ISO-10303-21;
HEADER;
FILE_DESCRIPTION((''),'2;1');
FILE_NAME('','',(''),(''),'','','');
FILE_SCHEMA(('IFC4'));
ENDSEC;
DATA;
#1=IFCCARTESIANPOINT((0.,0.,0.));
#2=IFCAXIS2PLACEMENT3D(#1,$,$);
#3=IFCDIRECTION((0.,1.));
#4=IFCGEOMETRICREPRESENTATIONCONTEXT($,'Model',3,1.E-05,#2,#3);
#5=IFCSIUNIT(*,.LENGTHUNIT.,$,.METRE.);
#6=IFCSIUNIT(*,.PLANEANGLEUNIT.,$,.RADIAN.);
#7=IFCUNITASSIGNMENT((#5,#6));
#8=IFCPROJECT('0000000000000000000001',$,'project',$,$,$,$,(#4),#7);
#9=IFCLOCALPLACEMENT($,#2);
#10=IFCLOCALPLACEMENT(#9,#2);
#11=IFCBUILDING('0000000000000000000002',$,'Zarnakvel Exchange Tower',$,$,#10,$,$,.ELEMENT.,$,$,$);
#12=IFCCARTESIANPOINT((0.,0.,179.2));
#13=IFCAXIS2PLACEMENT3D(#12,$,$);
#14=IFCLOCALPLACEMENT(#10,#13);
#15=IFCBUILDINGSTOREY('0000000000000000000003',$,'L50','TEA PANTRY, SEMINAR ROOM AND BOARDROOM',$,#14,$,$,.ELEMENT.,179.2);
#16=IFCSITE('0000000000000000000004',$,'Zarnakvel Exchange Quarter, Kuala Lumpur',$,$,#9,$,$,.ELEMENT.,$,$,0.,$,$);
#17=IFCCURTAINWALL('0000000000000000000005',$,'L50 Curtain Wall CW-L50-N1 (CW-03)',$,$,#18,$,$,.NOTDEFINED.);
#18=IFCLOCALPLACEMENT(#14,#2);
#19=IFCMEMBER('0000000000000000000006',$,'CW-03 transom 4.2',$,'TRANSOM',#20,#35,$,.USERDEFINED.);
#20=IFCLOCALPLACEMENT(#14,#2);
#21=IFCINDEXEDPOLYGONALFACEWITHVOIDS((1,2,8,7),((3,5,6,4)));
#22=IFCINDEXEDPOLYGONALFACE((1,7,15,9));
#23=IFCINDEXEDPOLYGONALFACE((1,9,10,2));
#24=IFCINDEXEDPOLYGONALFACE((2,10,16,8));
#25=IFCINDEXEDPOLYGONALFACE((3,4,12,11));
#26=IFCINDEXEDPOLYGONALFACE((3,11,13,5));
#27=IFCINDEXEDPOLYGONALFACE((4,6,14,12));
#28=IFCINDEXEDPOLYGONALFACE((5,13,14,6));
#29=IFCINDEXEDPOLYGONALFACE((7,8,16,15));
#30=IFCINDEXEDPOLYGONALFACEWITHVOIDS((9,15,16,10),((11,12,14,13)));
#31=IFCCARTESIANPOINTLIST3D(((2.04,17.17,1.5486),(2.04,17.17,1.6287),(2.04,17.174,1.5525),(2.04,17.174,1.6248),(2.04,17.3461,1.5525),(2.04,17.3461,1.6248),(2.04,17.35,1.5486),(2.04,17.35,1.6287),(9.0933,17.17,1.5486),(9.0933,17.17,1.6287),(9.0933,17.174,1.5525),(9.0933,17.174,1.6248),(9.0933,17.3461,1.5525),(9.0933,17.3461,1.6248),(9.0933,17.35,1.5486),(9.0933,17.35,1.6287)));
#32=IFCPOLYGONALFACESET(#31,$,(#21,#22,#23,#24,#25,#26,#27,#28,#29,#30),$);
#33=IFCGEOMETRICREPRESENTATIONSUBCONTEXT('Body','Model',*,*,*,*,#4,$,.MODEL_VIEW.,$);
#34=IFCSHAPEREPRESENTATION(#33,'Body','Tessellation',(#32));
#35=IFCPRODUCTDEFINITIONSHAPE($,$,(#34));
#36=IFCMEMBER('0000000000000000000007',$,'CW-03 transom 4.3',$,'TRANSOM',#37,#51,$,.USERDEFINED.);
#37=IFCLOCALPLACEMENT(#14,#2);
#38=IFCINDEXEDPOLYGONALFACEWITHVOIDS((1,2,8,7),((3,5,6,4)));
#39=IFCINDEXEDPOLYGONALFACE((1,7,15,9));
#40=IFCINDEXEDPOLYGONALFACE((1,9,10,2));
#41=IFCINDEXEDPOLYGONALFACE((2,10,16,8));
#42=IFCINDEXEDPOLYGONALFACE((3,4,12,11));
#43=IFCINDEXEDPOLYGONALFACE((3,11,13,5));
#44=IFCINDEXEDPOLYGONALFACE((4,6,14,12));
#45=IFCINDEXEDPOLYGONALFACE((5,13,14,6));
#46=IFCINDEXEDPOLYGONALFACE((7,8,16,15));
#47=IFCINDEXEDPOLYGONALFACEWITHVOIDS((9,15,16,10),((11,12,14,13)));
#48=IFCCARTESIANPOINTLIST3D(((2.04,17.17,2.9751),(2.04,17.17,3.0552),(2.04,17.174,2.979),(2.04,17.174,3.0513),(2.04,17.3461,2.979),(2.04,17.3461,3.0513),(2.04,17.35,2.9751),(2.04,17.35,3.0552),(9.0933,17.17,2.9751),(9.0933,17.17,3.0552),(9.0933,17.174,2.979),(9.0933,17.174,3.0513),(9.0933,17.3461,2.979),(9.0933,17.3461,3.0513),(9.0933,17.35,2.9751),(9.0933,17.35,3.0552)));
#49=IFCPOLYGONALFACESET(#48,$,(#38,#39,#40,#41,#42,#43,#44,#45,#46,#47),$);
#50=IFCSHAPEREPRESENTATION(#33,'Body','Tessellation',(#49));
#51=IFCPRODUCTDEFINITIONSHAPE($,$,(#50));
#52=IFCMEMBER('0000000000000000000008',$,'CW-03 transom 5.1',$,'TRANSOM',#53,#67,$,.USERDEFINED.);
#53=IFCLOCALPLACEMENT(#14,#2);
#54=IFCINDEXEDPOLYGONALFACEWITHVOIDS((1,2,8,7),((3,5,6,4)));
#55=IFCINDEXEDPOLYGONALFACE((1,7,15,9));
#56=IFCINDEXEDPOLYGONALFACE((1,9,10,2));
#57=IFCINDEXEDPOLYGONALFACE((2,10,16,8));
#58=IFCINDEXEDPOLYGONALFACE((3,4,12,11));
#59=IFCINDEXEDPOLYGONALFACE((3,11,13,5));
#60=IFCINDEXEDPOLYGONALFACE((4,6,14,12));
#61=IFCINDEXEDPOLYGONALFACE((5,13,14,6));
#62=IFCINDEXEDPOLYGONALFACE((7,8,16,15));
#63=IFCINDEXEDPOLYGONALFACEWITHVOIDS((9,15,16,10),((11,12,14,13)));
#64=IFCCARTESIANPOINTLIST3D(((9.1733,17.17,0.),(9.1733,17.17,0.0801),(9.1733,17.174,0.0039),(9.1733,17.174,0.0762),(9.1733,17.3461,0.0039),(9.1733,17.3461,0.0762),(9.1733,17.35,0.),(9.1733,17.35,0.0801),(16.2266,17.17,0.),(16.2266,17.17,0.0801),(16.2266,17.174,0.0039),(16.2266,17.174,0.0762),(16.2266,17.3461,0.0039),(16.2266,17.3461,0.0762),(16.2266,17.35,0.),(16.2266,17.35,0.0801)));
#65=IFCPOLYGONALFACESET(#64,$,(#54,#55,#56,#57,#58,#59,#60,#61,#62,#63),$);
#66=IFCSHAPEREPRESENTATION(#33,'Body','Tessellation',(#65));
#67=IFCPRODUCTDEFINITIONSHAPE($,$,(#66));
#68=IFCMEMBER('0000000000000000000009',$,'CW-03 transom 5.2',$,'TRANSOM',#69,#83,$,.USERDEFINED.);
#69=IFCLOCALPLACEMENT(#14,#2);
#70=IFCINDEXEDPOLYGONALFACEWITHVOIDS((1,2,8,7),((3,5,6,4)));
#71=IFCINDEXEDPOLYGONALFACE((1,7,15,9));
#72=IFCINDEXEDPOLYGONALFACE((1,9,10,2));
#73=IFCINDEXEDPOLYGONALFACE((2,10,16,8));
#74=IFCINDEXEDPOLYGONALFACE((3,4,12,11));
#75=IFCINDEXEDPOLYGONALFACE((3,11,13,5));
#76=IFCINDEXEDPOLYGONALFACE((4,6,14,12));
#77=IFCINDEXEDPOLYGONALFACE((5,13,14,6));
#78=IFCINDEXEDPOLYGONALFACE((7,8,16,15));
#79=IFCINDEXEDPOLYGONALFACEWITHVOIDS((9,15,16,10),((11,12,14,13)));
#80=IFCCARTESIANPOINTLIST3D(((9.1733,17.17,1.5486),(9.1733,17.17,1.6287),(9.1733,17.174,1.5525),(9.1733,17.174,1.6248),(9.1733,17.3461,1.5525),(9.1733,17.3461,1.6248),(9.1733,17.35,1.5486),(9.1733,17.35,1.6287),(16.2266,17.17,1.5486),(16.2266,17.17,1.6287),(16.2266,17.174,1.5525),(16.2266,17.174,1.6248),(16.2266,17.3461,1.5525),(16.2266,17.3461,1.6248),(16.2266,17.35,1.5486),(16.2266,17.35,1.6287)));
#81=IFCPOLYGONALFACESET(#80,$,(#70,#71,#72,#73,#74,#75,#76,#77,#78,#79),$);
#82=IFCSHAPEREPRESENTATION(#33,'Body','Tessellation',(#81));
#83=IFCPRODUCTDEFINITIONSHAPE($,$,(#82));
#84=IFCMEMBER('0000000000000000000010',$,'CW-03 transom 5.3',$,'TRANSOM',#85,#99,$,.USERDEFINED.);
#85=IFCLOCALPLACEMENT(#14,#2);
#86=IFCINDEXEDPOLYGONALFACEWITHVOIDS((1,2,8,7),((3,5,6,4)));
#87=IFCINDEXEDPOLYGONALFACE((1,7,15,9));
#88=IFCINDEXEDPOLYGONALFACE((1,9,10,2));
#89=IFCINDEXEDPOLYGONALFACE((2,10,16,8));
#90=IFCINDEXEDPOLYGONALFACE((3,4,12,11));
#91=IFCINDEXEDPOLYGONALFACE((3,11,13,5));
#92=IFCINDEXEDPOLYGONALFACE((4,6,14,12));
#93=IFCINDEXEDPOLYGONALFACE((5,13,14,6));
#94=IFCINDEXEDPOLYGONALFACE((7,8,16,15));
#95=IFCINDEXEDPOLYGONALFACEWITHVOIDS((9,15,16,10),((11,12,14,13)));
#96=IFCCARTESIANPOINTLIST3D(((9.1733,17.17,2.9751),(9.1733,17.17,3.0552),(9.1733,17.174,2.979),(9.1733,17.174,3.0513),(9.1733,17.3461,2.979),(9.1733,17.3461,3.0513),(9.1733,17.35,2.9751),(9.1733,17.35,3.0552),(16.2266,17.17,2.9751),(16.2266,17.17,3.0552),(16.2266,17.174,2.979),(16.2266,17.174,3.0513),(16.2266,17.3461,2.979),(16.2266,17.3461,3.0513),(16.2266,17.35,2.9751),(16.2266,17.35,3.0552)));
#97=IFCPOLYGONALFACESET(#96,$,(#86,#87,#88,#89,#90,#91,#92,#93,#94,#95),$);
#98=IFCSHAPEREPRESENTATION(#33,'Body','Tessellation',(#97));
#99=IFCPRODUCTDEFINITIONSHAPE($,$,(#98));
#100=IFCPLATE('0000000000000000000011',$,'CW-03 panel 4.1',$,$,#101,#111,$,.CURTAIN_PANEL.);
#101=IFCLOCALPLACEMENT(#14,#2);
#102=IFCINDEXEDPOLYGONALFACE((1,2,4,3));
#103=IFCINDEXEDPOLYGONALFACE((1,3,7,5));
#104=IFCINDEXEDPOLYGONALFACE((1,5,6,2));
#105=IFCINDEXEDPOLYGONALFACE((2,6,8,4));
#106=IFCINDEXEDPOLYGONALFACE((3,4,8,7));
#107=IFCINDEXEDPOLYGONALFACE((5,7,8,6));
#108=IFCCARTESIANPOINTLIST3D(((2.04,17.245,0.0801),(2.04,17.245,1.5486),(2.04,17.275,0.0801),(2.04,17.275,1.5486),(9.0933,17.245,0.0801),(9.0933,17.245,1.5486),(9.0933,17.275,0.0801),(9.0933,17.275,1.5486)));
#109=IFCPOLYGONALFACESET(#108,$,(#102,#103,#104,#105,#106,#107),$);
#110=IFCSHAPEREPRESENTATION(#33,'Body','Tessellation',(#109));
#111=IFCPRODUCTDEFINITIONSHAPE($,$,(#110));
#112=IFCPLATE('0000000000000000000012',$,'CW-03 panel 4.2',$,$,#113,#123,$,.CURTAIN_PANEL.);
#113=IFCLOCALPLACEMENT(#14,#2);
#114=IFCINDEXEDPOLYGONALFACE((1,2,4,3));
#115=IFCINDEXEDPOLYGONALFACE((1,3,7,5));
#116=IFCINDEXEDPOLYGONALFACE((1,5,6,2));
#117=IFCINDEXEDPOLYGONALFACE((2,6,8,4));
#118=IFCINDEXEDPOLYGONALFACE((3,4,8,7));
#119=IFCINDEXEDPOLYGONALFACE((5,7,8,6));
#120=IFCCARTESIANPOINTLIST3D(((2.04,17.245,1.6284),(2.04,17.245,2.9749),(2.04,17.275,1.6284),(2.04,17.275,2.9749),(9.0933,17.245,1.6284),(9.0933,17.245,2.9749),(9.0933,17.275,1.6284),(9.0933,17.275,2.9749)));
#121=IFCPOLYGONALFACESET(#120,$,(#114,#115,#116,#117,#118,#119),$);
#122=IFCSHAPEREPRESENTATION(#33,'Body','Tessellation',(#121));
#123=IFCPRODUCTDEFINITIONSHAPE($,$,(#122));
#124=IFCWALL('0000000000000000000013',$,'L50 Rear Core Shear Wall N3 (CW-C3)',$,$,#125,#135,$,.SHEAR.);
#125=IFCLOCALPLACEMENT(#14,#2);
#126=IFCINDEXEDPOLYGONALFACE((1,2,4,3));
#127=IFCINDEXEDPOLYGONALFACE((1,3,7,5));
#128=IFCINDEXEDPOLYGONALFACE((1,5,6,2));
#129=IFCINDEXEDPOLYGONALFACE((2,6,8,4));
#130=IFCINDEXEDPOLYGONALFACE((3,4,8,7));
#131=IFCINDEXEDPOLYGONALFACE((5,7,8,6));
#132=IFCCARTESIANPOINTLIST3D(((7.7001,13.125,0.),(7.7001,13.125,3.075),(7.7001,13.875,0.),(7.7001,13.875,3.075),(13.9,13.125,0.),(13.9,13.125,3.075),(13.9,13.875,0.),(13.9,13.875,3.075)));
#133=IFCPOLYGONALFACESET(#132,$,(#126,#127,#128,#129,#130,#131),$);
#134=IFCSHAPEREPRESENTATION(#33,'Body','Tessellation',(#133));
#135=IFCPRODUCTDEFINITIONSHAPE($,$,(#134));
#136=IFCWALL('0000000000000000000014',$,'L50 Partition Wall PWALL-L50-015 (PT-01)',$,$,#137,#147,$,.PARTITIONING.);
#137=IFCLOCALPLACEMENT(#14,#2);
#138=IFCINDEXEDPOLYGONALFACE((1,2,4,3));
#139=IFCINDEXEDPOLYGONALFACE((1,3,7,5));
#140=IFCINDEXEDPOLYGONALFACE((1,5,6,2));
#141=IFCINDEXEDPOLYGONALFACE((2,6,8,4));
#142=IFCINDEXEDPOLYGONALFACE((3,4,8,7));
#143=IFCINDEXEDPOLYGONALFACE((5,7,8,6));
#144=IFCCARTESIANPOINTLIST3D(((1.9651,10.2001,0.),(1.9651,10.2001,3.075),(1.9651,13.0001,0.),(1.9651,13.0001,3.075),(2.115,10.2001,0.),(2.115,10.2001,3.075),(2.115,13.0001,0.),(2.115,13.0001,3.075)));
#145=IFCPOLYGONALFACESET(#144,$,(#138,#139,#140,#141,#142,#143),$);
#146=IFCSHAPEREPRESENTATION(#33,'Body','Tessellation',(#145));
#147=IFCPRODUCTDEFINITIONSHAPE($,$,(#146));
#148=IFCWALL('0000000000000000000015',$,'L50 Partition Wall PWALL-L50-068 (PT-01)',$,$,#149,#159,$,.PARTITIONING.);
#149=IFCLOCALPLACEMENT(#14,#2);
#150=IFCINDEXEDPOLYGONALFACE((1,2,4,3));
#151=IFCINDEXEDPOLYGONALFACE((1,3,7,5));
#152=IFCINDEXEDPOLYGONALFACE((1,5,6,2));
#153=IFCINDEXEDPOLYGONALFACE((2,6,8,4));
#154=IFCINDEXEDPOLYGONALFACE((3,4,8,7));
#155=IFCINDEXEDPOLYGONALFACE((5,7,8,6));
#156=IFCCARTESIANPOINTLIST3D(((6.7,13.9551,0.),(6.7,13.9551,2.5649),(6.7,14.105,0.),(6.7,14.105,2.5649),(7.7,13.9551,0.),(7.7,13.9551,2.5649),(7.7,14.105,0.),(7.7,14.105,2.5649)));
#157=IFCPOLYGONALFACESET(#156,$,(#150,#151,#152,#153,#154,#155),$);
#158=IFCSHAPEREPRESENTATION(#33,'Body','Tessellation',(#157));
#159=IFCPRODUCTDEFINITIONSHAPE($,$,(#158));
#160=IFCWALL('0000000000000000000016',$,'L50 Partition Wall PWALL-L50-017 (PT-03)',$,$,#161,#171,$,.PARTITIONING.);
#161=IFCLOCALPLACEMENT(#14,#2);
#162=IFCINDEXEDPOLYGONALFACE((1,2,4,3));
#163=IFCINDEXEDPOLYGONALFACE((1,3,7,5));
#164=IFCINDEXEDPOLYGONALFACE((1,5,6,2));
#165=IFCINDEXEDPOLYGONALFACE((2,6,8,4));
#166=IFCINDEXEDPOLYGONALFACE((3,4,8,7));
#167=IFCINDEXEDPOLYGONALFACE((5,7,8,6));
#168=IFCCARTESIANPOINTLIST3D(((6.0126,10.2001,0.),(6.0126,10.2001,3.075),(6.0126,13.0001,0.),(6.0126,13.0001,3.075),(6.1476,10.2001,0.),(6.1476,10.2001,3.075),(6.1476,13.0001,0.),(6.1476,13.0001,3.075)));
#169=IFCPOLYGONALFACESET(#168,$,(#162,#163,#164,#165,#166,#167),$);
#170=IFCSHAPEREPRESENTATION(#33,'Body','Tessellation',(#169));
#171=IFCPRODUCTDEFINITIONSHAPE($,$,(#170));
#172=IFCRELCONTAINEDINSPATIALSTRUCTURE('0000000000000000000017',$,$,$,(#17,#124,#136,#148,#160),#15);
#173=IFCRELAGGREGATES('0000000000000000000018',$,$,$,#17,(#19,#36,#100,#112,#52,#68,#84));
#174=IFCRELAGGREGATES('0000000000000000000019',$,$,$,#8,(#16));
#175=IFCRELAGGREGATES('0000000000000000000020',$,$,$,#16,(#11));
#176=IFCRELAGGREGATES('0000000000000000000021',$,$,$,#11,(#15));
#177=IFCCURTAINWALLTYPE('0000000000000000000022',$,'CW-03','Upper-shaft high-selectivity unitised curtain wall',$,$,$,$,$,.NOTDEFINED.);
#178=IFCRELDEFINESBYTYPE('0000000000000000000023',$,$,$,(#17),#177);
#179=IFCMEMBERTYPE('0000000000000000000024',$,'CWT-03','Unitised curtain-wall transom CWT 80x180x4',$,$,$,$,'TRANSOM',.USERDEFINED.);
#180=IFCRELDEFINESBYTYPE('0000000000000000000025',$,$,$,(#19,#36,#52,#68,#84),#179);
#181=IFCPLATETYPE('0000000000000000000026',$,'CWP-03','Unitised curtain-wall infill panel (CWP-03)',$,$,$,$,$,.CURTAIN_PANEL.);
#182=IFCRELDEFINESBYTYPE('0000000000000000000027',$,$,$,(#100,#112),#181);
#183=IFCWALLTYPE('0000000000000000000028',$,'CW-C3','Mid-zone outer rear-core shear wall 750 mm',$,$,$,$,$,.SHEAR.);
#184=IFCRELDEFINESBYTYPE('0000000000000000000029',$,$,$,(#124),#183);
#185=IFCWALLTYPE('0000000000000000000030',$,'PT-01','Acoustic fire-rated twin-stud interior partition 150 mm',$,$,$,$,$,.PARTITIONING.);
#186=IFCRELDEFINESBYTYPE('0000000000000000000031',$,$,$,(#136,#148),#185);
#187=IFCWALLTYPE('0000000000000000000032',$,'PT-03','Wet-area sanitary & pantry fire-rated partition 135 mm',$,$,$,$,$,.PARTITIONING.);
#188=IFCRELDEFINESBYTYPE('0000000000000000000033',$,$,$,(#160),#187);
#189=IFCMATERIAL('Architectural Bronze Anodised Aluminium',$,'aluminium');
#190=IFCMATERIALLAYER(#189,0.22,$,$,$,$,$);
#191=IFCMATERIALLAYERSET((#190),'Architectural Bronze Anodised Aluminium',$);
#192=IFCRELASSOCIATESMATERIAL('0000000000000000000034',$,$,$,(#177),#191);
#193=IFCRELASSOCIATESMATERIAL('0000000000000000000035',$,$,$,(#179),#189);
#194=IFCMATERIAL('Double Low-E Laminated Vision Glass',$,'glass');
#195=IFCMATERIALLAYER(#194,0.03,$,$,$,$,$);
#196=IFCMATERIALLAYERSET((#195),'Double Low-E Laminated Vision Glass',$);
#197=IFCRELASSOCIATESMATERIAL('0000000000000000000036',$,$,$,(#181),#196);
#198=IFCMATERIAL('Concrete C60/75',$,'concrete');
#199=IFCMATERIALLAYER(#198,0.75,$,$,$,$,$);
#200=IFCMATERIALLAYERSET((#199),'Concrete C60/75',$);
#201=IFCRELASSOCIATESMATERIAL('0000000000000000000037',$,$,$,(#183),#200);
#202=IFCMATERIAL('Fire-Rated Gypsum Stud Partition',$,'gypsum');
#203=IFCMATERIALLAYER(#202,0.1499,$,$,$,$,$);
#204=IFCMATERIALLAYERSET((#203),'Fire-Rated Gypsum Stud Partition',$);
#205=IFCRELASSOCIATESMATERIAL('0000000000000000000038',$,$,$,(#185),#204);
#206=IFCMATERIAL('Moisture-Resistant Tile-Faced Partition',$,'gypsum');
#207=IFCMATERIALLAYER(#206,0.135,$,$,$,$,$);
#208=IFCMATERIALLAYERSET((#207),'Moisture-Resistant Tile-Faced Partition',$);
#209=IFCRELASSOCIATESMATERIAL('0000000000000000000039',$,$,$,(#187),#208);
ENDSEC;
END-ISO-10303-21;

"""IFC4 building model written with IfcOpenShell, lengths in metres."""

from ifc_helpers import new_model, si_unit, direction, frame, frame_2d, origin, origin_2d, place, context, subcontext, project, spatial, rectangle, hollow_rectangle, extrude, source, transform, mapped, material, layer, layer_set, material_profile, profile_set, type_object, element, aggregate, save


model = new_model("IFC4")

# Units and contexts
model_context = context("Model", 3, precision=1e-05, world=origin(), true_north=direction((0.0, 1.0)))
body_context = subcontext(model_context, "Body", "Model", "MODEL_VIEW")
ifc_project = project(units=[si_unit("LENGTHUNIT", "METRE"), si_unit("PLANEANGLEUNIT", "RADIAN")], contexts=[model_context])

# Site, building, storey
site_placement = place(None, origin())
site = spatial("IfcSite", under=ifc_project, at=site_placement, Name="Zarnakvel Exchange Quarter, Kuala Lumpur", CompositionType="ELEMENT", RefElevation=0.0)
building_placement = place(site_placement, origin())
building = spatial("IfcBuilding", under=site, at=building_placement, Name="Zarnakvel Exchange Tower", CompositionType="ELEMENT")
storey_placement = place(building_placement, frame((0.0, 0.0, 179.2)))
storey = spatial("IfcBuildingStorey", under=building, at=storey_placement, Name="L50", Description="TEA PANTRY, SEMINAR ROOM AND BOARDROOM", CompositionType="ELEMENT", Elevation=179.2)

# Shared definitions
ifc_material_1 = material(Name="Concrete C60/75", Category="concrete")

# Curtain wall, members, plates
ifc_material_2 = material(Name="Architectural Bronze Anodised Aluminium", Category="aluminium")
ifc_layer_1 = layer(ifc_material_2, 0.22)
ifc_layer_set_1 = layer_set([ifc_layer_1], Name="Architectural Bronze Anodised Aluminium")
curtain_wall_type = type_object("IfcCurtainWallType", Name="CW-03", Description="Upper-shaft high-selectivity unitised curtain wall", PredefinedType="NOTDEFINED", material=ifc_layer_set_1)
curtain_wall_placement = place(storey_placement, origin())
curtain_wall = element("IfcCurtainWall", 1, at=curtain_wall_placement, inside=storey, type_object=curtain_wall_type, Name="L50 Curtain Wall CW-L50-N1 (CW-03)", PredefinedType="NOTDEFINED")
ifc_material_profile_1 = material_profile(ifc_material_2, hollow_rectangle(XDim=0.1799, YDim=0.0801, WallThickness=0.0039, at=origin_2d()))
ifc_profile_set_1 = profile_set([ifc_material_profile_1], Name="Architectural Bronze Anodised Aluminium")
member_type_1 = type_object("IfcMemberType", Name="CWT-03", Description="Unitised curtain-wall transom CWT 80x180x4", ElementType="TRANSOM", PredefinedType="USERDEFINED", material=ifc_profile_set_1)
shared_shape_1 = source(origin(), body_context, "Body", "SweptSolid", [
    extrude(hollow_rectangle(XDim=0.1799, YDim=0.0801, WallThickness=0.0039, at=origin_2d()), origin(), (0.0, 0.0, 1.0), 7.0532),
])
member_1_placement = place(storey_placement, frame((2.04, 17.26, 1.5886), z_axis=(1.0, 0.0, 0.0), x_axis=(0.0, 1.0, 0.0)))
member_1 = element("IfcMember", 2, at=member_1_placement, type_object=member_type_1, Name="CW-03 transom 4.2", ObjectType="TRANSOM", PredefinedType="USERDEFINED", context=body_context, shape_type="MappedRepresentation", body=[
    mapped(shared_shape_1, transform((0.0, 0.0, 0.0), x_axis=(1.0, 0.0, 0.0), y_axis=(0.0, 1.0, 0.0), z_axis=(0.0, 0.0, 1.0), scale=1.0)),
])
member_2_placement = place(storey_placement, frame((2.04, 17.26, 3.0151), z_axis=(1.0, 0.0, 0.0), x_axis=(0.0, 1.0, 0.0)))
member_2 = element("IfcMember", 3, at=member_2_placement, type_object=member_type_1, Name="CW-03 transom 4.3", ObjectType="TRANSOM", PredefinedType="USERDEFINED", context=body_context, shape_type="MappedRepresentation", body=[
    mapped(shared_shape_1, transform((0.0, 0.0, 0.0), x_axis=(1.0, 0.0, 0.0), y_axis=(0.0, 1.0, 0.0), z_axis=(0.0, 0.0, 1.0), scale=1.0)),
])
member_3_placement = place(storey_placement, frame((9.1733, 17.26, 0.04), z_axis=(1.0, 0.0, 0.0), x_axis=(0.0, 1.0, 0.0)))
member_3 = element("IfcMember", 4, at=member_3_placement, type_object=member_type_1, Name="CW-03 transom 5.1", ObjectType="TRANSOM", PredefinedType="USERDEFINED", context=body_context, shape_type="MappedRepresentation", body=[
    mapped(shared_shape_1, transform((0.0, 0.0, 0.0), x_axis=(1.0, 0.0, 0.0), y_axis=(0.0, 1.0, 0.0), z_axis=(0.0, 0.0, 1.0), scale=1.0)),
])
member_4_placement = place(storey_placement, frame((9.1733, 17.26, 1.5886), z_axis=(1.0, 0.0, 0.0), x_axis=(0.0, 1.0, 0.0)))
member_4 = element("IfcMember", 5, at=member_4_placement, type_object=member_type_1, Name="CW-03 transom 5.2", ObjectType="TRANSOM", PredefinedType="USERDEFINED", context=body_context, shape_type="MappedRepresentation", body=[
    mapped(shared_shape_1, transform((0.0, 0.0, 0.0), x_axis=(1.0, 0.0, 0.0), y_axis=(0.0, 1.0, 0.0), z_axis=(0.0, 0.0, 1.0), scale=1.0)),
])
member_5_placement = place(storey_placement, frame((9.1733, 17.26, 3.0151), z_axis=(1.0, 0.0, 0.0), x_axis=(0.0, 1.0, 0.0)))
member_5 = element("IfcMember", 6, at=member_5_placement, type_object=member_type_1, Name="CW-03 transom 5.3", ObjectType="TRANSOM", PredefinedType="USERDEFINED", context=body_context, shape_type="MappedRepresentation", body=[
    mapped(shared_shape_1, transform((0.0, 0.0, 0.0), x_axis=(1.0, 0.0, 0.0), y_axis=(0.0, 1.0, 0.0), z_axis=(0.0, 0.0, 1.0), scale=1.0)),
])
ifc_material_3 = material(Name="Double Low-E Laminated Vision Glass", Category="glass")
ifc_layer_2 = layer(ifc_material_3, 0.03)
ifc_layer_set_2 = layer_set([ifc_layer_2], Name="Double Low-E Laminated Vision Glass")
plate_type = type_object("IfcPlateType", Name="CWP-03", Description="Unitised curtain-wall infill panel (CWP-03)", PredefinedType="CURTAIN_PANEL", material=ifc_layer_set_2)
shared_shape_2 = source(origin(), body_context, "Body", "SweptSolid", [
    extrude(rectangle(XDim=7.0532, YDim=0.03, at=origin_2d()), origin(), (0.0, 0.0, 1.0), 1.4685),
])
plate_1_placement = place(storey_placement, frame((5.5667, 17.26, 0.0801), z_axis=(0.0, 0.0, 1.0), x_axis=(1.0, 0.0, 0.0)))
plate_1 = element("IfcPlate", 7, at=plate_1_placement, type_object=plate_type, Name="CW-03 panel 4.1", PredefinedType="CURTAIN_PANEL", context=body_context, shape_type="MappedRepresentation", body=[
    mapped(shared_shape_2, transform((0.0, 0.0, 0.0), x_axis=(1.0, 0.0, 0.0), y_axis=(0.0, 1.0, 0.0), z_axis=(0.0, 0.0, 1.0), scale=1.0)),
])
shared_shape_3 = source(origin(), body_context, "Body", "SweptSolid", [
    extrude(rectangle(XDim=7.0532, YDim=0.03, at=origin_2d()), origin(), (0.0, 0.0, 1.0), 1.3464),
])
plate_2_placement = place(storey_placement, frame((5.5667, 17.26, 1.6284), z_axis=(0.0, 0.0, 1.0), x_axis=(1.0, 0.0, 0.0)))
plate_2 = element("IfcPlate", 8, at=plate_2_placement, type_object=plate_type, Name="CW-03 panel 4.2", PredefinedType="CURTAIN_PANEL", context=body_context, shape_type="MappedRepresentation", body=[
    mapped(shared_shape_3, transform((0.0, 0.0, 0.0), x_axis=(1.0, 0.0, 0.0), y_axis=(0.0, 1.0, 0.0), z_axis=(0.0, 0.0, 1.0), scale=1.0)),
])
aggregate(curtain_wall, [member_1, member_2, plate_1, plate_2, member_3, member_4, member_5])

# Wall
ifc_layer_3 = layer(ifc_material_1, 0.75)
ifc_layer_set_3 = layer_set([ifc_layer_3], Name="Concrete C60/75")
wall_type_1 = type_object("IfcWallType", Name="CW-C3", Description="Mid-zone outer rear-core shear wall 750 mm", PredefinedType="SHEAR", material=ifc_layer_set_3)
wall_1_placement = place(storey_placement, frame((7.7, 13.5, 0.0), z_axis=(0.0, 0.0, 1.0), x_axis=(1.0, 0.0, 0.0)))
element("IfcWall", 9, at=wall_1_placement, inside=storey, type_object=wall_type_1, Name="L50 Rear Core Shear Wall N3 (CW-C3)", PredefinedType="SHEAR", context=body_context, shape_type="SweptSolid", body=[
    extrude(rectangle(XDim=6.2, YDim=0.75, at=frame_2d((3.1001, 0.0))), origin(), (0.0, 0.0, 1.0), 3.075),
])

# Shared definitions
ifc_material_4 = material(Name="Fire-Rated Gypsum Stud Partition", Category="gypsum")
ifc_layer_4 = layer(ifc_material_4, 0.1499)
ifc_layer_set_4 = layer_set([ifc_layer_4], Name="Fire-Rated Gypsum Stud Partition")
wall_type_2 = type_object("IfcWallType", Name="PT-01", Description="Acoustic fire-rated twin-stud interior partition 150 mm", PredefinedType="PARTITIONING", material=ifc_layer_set_4)

# Walls
wall_2_placement = place(storey_placement, frame((2.04, 13.0, 0.0), z_axis=(0.0, 0.0, 1.0), x_axis=(0.0, -1.0, 0.0)))
element("IfcWall", 10, at=wall_2_placement, inside=storey, type_object=wall_type_2, Name="L50 Partition Wall PWALL-L50-015 (PT-01)", PredefinedType="PARTITIONING", context=body_context, shape_type="SweptSolid", body=[
    extrude(rectangle(XDim=2.8, YDim=0.1499, at=frame_2d((1.3999, 0.0))), origin(), (0.0, 0.0, 1.0), 3.075),
])
wall_3_placement = place(storey_placement, frame((7.7, 14.03, 0.0), z_axis=(0.0, 0.0, 1.0), x_axis=(-1.0, 0.0, 0.0)))
element("IfcWall", 11, at=wall_3_placement, inside=storey, type_object=wall_type_2, Name="L50 Partition Wall PWALL-L50-068 (PT-01)", PredefinedType="PARTITIONING", context=body_context, shape_type="SweptSolid", body=[
    extrude(rectangle(XDim=1.0, YDim=0.1499, at=frame_2d((0.5, 0.0))), origin(), (0.0, 0.0, 1.0), 2.5649),
])

# Shared definitions
ifc_material_5 = material(Name="Moisture-Resistant Tile-Faced Partition", Category="gypsum")
ifc_layer_5 = layer(ifc_material_5, 0.135)
ifc_layer_set_5 = layer_set([ifc_layer_5], Name="Moisture-Resistant Tile-Faced Partition")
wall_type_3 = type_object("IfcWallType", Name="PT-03", Description="Wet-area sanitary & pantry fire-rated partition 135 mm", PredefinedType="PARTITIONING", material=ifc_layer_set_5)

# Wall
wall_4_placement = place(storey_placement, frame((6.0801, 13.0, 0.0), z_axis=(0.0, 0.0, 1.0), x_axis=(0.0, -1.0, 0.0)))
element("IfcWall", 12, at=wall_4_placement, inside=storey, type_object=wall_type_3, Name="L50 Partition Wall PWALL-L50-017 (PT-03)", PredefinedType="PARTITIONING", context=body_context, shape_type="SweptSolid", body=[
    extrude(rectangle(XDim=2.8, YDim=0.135, at=frame_2d((1.3999, 0.0))), origin(), (0.0, 0.0, 1.0), 3.075),
])

save(model, "model.ifc")
